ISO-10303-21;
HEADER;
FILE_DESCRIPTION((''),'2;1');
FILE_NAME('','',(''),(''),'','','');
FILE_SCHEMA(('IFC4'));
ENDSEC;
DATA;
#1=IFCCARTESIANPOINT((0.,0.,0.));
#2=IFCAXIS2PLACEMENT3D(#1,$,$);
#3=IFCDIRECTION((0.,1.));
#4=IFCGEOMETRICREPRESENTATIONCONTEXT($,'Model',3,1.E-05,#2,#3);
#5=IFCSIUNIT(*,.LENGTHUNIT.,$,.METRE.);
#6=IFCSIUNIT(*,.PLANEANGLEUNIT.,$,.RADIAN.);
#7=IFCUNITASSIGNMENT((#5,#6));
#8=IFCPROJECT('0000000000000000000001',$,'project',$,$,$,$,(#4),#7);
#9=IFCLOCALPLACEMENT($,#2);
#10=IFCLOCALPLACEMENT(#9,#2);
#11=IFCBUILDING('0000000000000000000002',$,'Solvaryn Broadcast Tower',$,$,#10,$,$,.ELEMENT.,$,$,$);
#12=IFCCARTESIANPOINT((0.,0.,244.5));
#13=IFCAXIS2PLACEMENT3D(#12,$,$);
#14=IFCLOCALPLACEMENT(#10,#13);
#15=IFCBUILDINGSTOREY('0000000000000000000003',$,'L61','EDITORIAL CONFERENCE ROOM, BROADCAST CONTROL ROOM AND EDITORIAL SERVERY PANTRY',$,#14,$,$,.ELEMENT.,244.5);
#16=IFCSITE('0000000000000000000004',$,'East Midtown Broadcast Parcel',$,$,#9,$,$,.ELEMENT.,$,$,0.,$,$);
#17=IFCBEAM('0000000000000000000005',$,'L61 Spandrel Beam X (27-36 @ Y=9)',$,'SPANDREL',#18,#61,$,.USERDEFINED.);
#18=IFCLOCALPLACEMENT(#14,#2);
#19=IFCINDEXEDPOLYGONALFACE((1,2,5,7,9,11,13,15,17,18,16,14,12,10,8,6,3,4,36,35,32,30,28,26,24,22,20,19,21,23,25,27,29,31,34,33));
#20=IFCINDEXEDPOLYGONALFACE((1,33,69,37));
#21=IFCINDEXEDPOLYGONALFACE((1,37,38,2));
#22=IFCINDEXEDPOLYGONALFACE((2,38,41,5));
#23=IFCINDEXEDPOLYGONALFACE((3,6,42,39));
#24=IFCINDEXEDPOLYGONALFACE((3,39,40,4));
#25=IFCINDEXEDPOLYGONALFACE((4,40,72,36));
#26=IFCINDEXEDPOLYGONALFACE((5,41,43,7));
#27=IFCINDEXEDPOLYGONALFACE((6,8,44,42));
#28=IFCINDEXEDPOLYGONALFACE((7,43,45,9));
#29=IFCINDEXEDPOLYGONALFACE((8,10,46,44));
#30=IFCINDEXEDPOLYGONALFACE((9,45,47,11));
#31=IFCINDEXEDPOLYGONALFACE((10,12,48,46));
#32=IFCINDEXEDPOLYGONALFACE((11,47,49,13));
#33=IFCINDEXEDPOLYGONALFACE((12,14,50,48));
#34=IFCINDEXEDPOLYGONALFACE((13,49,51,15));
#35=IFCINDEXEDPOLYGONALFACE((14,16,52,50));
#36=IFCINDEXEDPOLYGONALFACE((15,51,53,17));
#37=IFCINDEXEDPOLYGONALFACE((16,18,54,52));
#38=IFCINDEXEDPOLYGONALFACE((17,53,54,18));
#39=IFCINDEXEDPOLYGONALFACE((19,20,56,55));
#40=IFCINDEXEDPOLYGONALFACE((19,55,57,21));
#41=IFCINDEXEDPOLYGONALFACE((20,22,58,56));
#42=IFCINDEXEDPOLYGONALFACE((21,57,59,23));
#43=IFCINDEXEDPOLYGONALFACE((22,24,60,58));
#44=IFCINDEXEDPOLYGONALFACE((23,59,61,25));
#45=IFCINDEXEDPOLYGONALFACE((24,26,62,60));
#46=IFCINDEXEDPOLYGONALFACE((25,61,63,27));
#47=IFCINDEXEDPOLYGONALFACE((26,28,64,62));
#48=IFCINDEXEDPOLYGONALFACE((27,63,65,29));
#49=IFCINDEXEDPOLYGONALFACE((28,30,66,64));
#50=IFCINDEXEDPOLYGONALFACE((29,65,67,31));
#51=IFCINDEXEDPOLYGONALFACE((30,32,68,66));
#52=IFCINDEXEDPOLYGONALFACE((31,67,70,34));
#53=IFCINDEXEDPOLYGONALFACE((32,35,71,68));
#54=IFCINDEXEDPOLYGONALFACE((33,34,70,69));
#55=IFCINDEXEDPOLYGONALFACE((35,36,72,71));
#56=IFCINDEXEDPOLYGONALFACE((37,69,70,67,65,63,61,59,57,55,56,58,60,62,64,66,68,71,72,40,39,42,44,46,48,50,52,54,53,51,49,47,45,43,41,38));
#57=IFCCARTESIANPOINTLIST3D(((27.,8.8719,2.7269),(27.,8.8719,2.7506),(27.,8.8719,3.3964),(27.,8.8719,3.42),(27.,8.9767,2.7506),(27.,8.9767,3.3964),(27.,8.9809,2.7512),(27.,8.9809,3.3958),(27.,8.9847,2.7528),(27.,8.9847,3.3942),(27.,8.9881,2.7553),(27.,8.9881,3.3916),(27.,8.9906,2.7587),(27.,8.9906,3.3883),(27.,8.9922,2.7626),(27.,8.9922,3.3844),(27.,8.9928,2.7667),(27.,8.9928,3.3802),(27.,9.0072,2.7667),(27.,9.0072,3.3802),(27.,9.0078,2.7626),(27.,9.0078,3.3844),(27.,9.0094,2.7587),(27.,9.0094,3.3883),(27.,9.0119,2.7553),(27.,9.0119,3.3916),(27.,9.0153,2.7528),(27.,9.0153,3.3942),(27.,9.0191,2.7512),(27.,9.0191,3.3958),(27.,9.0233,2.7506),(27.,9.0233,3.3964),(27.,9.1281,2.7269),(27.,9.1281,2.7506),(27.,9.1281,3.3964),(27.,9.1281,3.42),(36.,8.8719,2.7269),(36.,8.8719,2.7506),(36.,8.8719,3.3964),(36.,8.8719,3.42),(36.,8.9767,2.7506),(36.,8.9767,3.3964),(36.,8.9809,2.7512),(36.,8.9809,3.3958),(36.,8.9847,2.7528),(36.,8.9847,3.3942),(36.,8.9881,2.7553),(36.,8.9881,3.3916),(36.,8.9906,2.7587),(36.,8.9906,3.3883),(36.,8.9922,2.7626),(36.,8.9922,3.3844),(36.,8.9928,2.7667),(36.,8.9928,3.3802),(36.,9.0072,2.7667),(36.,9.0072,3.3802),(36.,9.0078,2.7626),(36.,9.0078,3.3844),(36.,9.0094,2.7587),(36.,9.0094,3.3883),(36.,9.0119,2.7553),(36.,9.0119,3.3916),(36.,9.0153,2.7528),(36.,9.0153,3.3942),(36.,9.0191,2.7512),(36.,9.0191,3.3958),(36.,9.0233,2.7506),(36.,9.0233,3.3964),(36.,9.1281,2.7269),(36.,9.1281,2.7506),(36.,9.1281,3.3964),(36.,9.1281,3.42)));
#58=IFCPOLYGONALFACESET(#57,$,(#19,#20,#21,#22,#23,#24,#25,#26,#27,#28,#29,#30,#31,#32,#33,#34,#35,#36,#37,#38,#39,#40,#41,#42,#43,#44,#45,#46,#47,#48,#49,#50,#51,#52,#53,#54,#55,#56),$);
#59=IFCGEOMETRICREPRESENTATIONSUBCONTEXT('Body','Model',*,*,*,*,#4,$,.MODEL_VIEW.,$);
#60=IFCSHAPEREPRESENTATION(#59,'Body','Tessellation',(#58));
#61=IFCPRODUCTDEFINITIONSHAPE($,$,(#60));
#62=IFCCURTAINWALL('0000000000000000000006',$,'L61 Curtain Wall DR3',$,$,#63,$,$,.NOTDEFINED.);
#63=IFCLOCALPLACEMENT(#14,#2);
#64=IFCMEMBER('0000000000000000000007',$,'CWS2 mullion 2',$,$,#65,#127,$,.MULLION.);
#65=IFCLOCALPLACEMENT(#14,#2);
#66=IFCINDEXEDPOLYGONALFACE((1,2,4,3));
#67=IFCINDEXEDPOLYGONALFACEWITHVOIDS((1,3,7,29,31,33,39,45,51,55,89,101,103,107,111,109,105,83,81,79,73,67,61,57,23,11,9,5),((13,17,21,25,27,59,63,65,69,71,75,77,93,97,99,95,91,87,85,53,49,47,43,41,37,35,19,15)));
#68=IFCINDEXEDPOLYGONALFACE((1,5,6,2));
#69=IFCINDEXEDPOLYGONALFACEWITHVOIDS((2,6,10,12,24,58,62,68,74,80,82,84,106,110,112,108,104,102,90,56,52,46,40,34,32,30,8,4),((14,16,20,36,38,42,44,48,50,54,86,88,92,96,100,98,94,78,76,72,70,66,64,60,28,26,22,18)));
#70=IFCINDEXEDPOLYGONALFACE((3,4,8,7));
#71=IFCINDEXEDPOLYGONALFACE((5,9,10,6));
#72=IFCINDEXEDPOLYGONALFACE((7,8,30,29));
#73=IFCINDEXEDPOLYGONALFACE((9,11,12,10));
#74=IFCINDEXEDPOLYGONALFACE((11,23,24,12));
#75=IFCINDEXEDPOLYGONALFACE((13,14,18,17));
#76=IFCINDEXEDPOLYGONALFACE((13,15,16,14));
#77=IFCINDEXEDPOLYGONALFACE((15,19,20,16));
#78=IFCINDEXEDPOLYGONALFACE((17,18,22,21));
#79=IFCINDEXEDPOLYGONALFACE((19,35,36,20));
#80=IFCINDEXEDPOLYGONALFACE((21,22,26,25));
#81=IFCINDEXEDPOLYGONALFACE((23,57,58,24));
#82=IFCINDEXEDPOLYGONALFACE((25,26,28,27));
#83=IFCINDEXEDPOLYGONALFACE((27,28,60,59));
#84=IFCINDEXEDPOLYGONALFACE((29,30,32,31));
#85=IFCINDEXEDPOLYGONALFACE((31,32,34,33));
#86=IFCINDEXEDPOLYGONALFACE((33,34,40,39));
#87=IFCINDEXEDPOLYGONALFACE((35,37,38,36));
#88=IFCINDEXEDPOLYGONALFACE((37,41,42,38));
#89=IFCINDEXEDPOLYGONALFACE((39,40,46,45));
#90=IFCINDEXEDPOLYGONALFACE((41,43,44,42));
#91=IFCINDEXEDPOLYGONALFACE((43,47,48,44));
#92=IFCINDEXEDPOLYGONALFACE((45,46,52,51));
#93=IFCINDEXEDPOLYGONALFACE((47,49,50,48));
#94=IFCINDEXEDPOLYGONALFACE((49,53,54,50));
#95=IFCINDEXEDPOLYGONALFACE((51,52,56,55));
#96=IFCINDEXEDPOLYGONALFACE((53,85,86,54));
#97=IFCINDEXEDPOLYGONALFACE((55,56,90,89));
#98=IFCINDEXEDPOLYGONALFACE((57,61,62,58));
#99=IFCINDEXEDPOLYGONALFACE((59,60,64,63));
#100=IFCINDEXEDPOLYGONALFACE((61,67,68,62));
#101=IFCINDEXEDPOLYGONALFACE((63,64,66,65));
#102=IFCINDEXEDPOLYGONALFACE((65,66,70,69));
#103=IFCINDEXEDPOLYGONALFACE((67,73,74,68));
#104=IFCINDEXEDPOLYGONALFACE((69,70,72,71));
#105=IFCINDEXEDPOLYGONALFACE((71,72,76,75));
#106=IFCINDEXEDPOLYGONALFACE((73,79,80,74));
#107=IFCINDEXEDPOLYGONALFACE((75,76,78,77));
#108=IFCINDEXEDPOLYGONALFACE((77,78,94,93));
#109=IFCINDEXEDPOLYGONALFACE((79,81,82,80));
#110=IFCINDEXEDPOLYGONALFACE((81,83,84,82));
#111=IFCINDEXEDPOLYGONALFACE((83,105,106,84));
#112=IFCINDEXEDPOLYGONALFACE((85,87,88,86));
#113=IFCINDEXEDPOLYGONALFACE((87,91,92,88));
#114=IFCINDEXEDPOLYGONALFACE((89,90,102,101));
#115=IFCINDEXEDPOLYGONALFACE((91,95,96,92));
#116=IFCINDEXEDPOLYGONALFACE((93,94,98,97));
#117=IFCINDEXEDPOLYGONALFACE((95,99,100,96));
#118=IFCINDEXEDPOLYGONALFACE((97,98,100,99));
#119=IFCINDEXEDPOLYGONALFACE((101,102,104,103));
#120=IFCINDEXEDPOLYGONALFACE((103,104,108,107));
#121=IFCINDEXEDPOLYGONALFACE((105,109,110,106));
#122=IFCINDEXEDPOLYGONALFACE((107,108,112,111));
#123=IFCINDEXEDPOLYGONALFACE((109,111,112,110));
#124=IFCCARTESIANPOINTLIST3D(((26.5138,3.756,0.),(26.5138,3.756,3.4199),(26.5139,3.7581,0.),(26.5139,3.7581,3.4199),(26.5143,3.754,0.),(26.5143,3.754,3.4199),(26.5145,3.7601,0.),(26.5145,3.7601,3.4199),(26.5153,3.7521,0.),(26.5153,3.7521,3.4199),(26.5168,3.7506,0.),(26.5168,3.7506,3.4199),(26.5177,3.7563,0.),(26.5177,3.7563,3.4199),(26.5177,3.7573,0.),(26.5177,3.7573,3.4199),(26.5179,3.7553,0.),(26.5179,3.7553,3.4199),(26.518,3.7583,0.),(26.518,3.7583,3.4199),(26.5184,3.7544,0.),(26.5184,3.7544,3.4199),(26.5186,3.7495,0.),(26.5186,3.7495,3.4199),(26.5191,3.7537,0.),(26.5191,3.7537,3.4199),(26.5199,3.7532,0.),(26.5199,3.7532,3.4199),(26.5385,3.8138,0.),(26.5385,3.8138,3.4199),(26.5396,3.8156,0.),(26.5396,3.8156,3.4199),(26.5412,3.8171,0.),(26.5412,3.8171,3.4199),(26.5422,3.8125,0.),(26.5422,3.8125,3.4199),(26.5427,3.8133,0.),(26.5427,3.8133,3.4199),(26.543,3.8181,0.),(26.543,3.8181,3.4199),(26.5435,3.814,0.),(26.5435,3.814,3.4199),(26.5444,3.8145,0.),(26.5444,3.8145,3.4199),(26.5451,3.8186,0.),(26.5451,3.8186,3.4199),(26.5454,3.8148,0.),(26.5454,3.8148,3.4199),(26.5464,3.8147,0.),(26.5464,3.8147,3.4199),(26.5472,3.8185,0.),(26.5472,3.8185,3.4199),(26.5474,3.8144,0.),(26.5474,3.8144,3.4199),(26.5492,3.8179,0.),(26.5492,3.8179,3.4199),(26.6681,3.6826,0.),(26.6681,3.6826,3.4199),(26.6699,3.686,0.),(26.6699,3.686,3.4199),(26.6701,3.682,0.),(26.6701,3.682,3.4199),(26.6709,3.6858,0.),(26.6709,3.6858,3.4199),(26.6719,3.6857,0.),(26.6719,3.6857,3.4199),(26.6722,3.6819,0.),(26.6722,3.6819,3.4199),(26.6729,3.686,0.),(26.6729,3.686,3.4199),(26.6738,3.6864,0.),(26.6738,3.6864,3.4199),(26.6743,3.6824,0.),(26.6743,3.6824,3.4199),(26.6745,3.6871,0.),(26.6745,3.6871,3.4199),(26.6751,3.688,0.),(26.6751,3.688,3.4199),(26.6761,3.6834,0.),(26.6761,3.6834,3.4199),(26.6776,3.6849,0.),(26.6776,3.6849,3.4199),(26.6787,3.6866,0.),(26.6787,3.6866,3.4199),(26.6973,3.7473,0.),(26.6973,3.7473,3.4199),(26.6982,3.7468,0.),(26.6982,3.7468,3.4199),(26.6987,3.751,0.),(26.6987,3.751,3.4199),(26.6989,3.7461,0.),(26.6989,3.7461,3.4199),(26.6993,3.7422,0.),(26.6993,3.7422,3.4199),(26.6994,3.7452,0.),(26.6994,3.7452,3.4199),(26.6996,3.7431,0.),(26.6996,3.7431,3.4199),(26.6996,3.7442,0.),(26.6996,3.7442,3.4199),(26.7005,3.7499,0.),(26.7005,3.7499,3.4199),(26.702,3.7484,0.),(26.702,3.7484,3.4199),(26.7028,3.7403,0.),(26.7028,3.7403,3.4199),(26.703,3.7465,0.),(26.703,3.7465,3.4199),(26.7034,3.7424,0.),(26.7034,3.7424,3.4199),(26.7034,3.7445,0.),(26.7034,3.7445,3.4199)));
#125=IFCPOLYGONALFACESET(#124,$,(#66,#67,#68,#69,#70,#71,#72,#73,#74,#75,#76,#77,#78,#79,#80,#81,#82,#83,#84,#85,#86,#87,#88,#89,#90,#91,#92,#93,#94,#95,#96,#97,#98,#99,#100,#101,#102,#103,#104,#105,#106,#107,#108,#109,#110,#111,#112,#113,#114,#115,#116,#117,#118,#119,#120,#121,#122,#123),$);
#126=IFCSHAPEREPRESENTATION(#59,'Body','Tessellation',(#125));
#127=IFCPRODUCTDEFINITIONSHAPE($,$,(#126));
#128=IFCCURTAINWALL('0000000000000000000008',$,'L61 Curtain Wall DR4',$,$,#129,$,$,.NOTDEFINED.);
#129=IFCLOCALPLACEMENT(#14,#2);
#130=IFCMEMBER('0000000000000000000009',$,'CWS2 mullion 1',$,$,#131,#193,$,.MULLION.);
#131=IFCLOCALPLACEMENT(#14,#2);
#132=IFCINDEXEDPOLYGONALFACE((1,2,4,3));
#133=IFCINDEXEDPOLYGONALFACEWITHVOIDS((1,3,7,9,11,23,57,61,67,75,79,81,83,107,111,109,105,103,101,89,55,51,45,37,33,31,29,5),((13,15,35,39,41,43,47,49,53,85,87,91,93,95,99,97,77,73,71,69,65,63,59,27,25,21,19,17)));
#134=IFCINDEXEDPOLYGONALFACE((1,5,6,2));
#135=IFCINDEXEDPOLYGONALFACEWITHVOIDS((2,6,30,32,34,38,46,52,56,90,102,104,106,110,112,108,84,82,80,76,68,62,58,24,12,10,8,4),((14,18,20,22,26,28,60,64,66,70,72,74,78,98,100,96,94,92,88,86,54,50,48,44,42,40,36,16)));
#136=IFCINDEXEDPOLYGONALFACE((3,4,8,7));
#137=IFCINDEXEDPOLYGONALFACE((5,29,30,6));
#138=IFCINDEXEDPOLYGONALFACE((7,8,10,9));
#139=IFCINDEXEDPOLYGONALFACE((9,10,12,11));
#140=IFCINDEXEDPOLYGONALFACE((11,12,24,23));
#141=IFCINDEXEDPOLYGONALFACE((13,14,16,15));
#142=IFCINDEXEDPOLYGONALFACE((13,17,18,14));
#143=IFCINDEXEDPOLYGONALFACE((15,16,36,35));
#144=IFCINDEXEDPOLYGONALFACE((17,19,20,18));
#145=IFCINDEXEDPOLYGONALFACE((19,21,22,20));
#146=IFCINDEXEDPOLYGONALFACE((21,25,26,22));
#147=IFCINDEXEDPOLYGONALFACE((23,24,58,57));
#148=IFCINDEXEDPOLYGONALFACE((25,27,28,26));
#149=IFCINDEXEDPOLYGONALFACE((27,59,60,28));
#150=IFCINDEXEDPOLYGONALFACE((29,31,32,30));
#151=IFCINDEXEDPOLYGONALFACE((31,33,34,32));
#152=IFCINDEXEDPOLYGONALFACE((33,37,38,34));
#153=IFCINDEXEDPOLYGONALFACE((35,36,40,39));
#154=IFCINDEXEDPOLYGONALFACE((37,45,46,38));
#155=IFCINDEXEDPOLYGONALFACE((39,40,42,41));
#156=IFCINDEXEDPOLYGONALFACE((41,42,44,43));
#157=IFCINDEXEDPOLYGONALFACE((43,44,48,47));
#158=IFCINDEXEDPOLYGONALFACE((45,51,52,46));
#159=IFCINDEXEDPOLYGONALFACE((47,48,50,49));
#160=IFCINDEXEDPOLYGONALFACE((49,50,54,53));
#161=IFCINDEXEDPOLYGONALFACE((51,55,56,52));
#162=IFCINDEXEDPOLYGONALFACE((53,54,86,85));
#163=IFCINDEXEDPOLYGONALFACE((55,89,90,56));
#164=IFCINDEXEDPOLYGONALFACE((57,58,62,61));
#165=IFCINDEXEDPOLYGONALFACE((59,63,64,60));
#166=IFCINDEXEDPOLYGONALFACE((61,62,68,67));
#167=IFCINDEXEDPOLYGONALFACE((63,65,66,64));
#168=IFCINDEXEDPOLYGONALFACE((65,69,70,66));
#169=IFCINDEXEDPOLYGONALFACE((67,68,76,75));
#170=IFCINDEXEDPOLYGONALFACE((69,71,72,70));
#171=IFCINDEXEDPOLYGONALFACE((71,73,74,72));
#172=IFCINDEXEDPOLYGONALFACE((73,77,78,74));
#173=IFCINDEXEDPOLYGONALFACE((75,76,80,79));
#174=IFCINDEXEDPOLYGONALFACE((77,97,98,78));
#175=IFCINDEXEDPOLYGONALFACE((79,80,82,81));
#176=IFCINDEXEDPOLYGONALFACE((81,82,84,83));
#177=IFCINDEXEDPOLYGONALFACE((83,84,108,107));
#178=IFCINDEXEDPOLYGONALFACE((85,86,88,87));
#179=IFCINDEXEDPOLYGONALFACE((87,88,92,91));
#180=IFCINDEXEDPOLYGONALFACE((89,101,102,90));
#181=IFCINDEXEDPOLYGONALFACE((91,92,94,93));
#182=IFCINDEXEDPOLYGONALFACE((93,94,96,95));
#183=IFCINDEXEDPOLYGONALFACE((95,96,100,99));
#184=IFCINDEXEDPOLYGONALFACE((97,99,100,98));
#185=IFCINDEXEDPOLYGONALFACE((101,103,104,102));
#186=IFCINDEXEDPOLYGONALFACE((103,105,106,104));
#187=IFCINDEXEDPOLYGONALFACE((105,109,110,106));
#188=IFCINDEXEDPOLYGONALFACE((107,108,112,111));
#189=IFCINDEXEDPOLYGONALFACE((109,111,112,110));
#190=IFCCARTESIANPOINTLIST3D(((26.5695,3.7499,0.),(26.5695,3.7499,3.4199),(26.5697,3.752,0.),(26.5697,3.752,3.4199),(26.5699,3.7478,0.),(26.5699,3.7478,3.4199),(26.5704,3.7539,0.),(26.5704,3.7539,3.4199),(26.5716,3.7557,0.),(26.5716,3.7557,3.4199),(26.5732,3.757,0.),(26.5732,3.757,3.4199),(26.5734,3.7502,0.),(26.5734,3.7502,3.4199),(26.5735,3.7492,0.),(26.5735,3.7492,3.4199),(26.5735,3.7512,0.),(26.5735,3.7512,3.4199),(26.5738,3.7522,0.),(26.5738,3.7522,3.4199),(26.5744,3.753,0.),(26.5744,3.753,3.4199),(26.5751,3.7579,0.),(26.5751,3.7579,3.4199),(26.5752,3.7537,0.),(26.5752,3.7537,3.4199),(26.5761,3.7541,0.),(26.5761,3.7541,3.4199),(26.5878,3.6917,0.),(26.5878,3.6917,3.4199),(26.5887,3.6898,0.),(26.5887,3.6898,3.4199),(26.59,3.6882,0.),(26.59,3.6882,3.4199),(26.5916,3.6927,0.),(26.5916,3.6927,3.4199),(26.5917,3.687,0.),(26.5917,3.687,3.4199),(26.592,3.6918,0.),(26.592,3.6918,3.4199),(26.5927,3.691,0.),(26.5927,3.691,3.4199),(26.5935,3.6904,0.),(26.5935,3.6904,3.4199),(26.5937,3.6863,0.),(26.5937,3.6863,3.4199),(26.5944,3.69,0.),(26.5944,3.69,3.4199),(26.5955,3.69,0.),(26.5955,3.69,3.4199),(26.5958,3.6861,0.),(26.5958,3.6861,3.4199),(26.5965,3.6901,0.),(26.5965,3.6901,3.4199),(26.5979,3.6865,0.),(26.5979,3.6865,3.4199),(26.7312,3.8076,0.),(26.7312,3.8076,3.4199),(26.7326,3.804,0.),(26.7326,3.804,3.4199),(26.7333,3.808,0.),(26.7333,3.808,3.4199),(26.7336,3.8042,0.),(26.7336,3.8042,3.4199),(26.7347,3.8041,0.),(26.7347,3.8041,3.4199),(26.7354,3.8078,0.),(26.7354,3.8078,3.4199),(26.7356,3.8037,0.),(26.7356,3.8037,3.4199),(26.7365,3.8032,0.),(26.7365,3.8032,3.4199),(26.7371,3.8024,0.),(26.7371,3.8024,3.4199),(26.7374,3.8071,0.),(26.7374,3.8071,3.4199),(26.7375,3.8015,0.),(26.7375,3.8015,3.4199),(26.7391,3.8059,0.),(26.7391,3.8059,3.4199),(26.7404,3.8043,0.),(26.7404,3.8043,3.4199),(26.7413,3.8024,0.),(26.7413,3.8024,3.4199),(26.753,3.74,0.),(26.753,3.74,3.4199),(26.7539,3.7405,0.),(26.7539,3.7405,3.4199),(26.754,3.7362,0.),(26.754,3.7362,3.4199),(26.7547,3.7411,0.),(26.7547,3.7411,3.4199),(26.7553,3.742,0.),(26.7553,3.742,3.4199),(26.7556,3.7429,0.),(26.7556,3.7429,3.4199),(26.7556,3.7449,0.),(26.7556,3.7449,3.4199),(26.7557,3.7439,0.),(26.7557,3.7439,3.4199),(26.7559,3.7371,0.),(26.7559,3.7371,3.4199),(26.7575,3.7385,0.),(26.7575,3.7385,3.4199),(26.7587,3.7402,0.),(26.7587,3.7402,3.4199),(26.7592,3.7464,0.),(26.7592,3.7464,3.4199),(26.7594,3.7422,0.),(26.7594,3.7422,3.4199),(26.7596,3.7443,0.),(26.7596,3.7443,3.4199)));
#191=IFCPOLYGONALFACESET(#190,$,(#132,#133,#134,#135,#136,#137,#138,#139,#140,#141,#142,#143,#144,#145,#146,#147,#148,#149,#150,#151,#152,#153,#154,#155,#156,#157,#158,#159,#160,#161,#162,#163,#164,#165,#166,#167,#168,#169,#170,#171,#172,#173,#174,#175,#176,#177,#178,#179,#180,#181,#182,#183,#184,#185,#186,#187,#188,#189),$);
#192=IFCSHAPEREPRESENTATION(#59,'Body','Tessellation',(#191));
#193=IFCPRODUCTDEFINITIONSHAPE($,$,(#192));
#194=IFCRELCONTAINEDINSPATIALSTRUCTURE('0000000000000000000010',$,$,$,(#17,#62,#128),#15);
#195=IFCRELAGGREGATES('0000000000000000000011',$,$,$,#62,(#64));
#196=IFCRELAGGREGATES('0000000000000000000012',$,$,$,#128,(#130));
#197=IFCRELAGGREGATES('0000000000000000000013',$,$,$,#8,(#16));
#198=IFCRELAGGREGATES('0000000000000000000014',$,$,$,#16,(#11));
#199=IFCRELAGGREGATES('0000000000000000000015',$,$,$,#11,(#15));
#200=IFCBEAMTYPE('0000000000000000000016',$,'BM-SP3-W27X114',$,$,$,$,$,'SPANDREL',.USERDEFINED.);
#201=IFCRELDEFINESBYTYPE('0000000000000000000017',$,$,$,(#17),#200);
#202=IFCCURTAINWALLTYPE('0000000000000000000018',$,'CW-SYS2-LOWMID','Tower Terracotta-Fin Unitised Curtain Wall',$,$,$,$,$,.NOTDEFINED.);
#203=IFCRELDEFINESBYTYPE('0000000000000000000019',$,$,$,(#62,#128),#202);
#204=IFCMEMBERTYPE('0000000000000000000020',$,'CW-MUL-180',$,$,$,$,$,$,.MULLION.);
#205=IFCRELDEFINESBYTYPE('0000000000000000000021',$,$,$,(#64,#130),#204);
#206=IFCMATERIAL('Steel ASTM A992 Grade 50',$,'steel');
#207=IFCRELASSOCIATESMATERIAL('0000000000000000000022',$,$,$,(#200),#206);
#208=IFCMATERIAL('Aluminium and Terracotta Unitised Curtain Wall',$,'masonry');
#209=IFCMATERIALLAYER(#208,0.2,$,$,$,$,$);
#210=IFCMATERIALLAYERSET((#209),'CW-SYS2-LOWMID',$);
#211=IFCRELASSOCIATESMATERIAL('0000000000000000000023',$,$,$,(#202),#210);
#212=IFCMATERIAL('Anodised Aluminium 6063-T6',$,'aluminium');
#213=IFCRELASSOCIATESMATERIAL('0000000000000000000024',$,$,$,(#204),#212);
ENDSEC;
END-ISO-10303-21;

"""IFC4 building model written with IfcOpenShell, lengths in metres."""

from ifc_helpers import new_model, si_unit, direction, frame, origin, origin_2d, place, context, subcontext, project, spatial, hollow_rectangle, i_section, extrude, material, layer, layer_set, material_profile, profile_set, type_object, element, aggregate, save


model = new_model("IFC4")

# Units and contexts
model_context = context("Model", 3, precision=1e-05, world=origin(), true_north=direction((0.0, 1.0)))
body_context = subcontext(model_context, "Body", "Model", "MODEL_VIEW")
ifc_project = project(units=[si_unit("LENGTHUNIT", "METRE"), si_unit("PLANEANGLEUNIT", "RADIAN")], contexts=[model_context])

# Site, building, storey
site_placement = place(None, origin())
site = spatial("IfcSite", under=ifc_project, at=site_placement, Name="East Midtown Broadcast Parcel", CompositionType="ELEMENT", RefElevation=0.0)
building_placement = place(site_placement, origin())
building = spatial("IfcBuilding", under=site, at=building_placement, Name="Solvaryn Broadcast Tower", CompositionType="ELEMENT")
storey_placement = place(building_placement, frame((0.0, 0.0, 244.5)))
storey = spatial("IfcBuildingStorey", under=building, at=storey_placement, Name="L61", Description="EDITORIAL CONFERENCE ROOM, BROADCAST CONTROL ROOM AND EDITORIAL SERVERY PANTRY", CompositionType="ELEMENT", Elevation=244.5)

# Beam
ifc_material_1 = material(Name="Steel ASTM A992 Grade 50", Category="steel")
ifc_material_profile_1 = material_profile(ifc_material_1, i_section(OverallWidth=0.2561, OverallDepth=0.6931, WebThickness=0.0144, FlangeThickness=0.0237, FilletRadius=0.0161, at=origin_2d()))
ifc_profile_set_1 = profile_set([ifc_material_profile_1], Name="Steel ASTM A992 Grade 50")
beam_type_1 = type_object("IfcBeamType", Name="BM-SP3-W27X114", ElementType="SPANDREL", PredefinedType="USERDEFINED", material=ifc_profile_set_1)
beam_1_placement = place(storey_placement, frame((27.0, 9.0, 3.0735), z_axis=(1.0, 0.0, 0.0), x_axis=(0.0, 1.0, 0.0)))
element("IfcBeam", 1, at=beam_1_placement, inside=storey, type_object=beam_type_1, Name="L61 Spandrel Beam X (27-36 @ Y=9)", ObjectType="SPANDREL", PredefinedType="USERDEFINED", context=body_context, shape_type="SweptSolid", body=[
    extrude(i_section(OverallWidth=0.2561, OverallDepth=0.6931, WebThickness=0.0144, FlangeThickness=0.0237, FilletRadius=0.0161, at=origin_2d()), origin(), (0.0, 0.0, 1.0), 9.0),
])

# Curtain wall, member
ifc_material_2 = material(Name="Aluminium and Terracotta Unitised Curtain Wall", Category="masonry")
ifc_layer_1 = layer(ifc_material_2, 0.2)
ifc_layer_set_1 = layer_set([ifc_layer_1], Name="CW-SYS2-LOWMID")
curtain_wall_type = type_object("IfcCurtainWallType", Name="CW-SYS2-LOWMID", Description="Tower Terracotta-Fin Unitised Curtain Wall", PredefinedType="NOTDEFINED", material=ifc_layer_set_1)
curtain_wall_1_placement = place(storey_placement, origin())
curtain_wall_1 = element("IfcCurtainWall", 2, at=curtain_wall_1_placement, inside=storey, type_object=curtain_wall_type, Name="L61 Curtain Wall DR3", PredefinedType="NOTDEFINED")
ifc_material_3 = material(Name="Anodised Aluminium 6063-T6", Category="aluminium")
ifc_material_profile_2 = material_profile(ifc_material_3, hollow_rectangle(XDim=0.075, YDim=0.1799, WallThickness=0.0039, InnerFilletRadius=0.0039, OuterFilletRadius=0.0081, at=origin_2d()))
ifc_profile_set_2 = profile_set([ifc_material_profile_2], Name="Anodised Aluminium 6063-T6")
member_type_1 = type_object("IfcMemberType", Name="CW-MUL-180", PredefinedType="MULLION", material=ifc_profile_set_2)
member_1_placement = place(storey_placement, frame((26.6086, 3.7502, 0.0), z_axis=(0.0, 0.0, 1.0), x_axis=(0.408466, 0.912774, 0.0)))
member_1 = element("IfcMember", 3, at=member_1_placement, type_object=member_type_1, Name="CWS2 mullion 2", PredefinedType="MULLION", context=body_context, shape_type="SweptSolid", body=[
    extrude(hollow_rectangle(XDim=0.075, YDim=0.1799, WallThickness=0.0039, InnerFilletRadius=0.0039, OuterFilletRadius=0.0081, at=origin_2d()), origin(), (0.0, 0.0, 1.0), 3.4199),
])
aggregate(curtain_wall_1, [member_1])

# Curtain wall, member
curtain_wall_2_placement = place(storey_placement, origin())
curtain_wall_2 = element("IfcCurtainWall", 4, at=curtain_wall_2_placement, inside=storey, type_object=curtain_wall_type, Name="L61 Curtain Wall DR4", PredefinedType="NOTDEFINED")
member_2_placement = place(storey_placement, frame((26.6646, 3.7471, 0.0), z_axis=(0.0, 0.0, 1.0), x_axis=(-0.303616, 0.952795, 0.0)))
member_2 = element("IfcMember", 5, at=member_2_placement, type_object=member_type_1, Name="CWS2 mullion 1", PredefinedType="MULLION", context=body_context, shape_type="SweptSolid", body=[
    extrude(hollow_rectangle(XDim=0.075, YDim=0.1799, WallThickness=0.0039, InnerFilletRadius=0.0039, OuterFilletRadius=0.0081, at=origin_2d()), origin(), (0.0, 0.0, 1.0), 3.4199),
])
aggregate(curtain_wall_2, [member_2])

save(model, "model.ifc")
